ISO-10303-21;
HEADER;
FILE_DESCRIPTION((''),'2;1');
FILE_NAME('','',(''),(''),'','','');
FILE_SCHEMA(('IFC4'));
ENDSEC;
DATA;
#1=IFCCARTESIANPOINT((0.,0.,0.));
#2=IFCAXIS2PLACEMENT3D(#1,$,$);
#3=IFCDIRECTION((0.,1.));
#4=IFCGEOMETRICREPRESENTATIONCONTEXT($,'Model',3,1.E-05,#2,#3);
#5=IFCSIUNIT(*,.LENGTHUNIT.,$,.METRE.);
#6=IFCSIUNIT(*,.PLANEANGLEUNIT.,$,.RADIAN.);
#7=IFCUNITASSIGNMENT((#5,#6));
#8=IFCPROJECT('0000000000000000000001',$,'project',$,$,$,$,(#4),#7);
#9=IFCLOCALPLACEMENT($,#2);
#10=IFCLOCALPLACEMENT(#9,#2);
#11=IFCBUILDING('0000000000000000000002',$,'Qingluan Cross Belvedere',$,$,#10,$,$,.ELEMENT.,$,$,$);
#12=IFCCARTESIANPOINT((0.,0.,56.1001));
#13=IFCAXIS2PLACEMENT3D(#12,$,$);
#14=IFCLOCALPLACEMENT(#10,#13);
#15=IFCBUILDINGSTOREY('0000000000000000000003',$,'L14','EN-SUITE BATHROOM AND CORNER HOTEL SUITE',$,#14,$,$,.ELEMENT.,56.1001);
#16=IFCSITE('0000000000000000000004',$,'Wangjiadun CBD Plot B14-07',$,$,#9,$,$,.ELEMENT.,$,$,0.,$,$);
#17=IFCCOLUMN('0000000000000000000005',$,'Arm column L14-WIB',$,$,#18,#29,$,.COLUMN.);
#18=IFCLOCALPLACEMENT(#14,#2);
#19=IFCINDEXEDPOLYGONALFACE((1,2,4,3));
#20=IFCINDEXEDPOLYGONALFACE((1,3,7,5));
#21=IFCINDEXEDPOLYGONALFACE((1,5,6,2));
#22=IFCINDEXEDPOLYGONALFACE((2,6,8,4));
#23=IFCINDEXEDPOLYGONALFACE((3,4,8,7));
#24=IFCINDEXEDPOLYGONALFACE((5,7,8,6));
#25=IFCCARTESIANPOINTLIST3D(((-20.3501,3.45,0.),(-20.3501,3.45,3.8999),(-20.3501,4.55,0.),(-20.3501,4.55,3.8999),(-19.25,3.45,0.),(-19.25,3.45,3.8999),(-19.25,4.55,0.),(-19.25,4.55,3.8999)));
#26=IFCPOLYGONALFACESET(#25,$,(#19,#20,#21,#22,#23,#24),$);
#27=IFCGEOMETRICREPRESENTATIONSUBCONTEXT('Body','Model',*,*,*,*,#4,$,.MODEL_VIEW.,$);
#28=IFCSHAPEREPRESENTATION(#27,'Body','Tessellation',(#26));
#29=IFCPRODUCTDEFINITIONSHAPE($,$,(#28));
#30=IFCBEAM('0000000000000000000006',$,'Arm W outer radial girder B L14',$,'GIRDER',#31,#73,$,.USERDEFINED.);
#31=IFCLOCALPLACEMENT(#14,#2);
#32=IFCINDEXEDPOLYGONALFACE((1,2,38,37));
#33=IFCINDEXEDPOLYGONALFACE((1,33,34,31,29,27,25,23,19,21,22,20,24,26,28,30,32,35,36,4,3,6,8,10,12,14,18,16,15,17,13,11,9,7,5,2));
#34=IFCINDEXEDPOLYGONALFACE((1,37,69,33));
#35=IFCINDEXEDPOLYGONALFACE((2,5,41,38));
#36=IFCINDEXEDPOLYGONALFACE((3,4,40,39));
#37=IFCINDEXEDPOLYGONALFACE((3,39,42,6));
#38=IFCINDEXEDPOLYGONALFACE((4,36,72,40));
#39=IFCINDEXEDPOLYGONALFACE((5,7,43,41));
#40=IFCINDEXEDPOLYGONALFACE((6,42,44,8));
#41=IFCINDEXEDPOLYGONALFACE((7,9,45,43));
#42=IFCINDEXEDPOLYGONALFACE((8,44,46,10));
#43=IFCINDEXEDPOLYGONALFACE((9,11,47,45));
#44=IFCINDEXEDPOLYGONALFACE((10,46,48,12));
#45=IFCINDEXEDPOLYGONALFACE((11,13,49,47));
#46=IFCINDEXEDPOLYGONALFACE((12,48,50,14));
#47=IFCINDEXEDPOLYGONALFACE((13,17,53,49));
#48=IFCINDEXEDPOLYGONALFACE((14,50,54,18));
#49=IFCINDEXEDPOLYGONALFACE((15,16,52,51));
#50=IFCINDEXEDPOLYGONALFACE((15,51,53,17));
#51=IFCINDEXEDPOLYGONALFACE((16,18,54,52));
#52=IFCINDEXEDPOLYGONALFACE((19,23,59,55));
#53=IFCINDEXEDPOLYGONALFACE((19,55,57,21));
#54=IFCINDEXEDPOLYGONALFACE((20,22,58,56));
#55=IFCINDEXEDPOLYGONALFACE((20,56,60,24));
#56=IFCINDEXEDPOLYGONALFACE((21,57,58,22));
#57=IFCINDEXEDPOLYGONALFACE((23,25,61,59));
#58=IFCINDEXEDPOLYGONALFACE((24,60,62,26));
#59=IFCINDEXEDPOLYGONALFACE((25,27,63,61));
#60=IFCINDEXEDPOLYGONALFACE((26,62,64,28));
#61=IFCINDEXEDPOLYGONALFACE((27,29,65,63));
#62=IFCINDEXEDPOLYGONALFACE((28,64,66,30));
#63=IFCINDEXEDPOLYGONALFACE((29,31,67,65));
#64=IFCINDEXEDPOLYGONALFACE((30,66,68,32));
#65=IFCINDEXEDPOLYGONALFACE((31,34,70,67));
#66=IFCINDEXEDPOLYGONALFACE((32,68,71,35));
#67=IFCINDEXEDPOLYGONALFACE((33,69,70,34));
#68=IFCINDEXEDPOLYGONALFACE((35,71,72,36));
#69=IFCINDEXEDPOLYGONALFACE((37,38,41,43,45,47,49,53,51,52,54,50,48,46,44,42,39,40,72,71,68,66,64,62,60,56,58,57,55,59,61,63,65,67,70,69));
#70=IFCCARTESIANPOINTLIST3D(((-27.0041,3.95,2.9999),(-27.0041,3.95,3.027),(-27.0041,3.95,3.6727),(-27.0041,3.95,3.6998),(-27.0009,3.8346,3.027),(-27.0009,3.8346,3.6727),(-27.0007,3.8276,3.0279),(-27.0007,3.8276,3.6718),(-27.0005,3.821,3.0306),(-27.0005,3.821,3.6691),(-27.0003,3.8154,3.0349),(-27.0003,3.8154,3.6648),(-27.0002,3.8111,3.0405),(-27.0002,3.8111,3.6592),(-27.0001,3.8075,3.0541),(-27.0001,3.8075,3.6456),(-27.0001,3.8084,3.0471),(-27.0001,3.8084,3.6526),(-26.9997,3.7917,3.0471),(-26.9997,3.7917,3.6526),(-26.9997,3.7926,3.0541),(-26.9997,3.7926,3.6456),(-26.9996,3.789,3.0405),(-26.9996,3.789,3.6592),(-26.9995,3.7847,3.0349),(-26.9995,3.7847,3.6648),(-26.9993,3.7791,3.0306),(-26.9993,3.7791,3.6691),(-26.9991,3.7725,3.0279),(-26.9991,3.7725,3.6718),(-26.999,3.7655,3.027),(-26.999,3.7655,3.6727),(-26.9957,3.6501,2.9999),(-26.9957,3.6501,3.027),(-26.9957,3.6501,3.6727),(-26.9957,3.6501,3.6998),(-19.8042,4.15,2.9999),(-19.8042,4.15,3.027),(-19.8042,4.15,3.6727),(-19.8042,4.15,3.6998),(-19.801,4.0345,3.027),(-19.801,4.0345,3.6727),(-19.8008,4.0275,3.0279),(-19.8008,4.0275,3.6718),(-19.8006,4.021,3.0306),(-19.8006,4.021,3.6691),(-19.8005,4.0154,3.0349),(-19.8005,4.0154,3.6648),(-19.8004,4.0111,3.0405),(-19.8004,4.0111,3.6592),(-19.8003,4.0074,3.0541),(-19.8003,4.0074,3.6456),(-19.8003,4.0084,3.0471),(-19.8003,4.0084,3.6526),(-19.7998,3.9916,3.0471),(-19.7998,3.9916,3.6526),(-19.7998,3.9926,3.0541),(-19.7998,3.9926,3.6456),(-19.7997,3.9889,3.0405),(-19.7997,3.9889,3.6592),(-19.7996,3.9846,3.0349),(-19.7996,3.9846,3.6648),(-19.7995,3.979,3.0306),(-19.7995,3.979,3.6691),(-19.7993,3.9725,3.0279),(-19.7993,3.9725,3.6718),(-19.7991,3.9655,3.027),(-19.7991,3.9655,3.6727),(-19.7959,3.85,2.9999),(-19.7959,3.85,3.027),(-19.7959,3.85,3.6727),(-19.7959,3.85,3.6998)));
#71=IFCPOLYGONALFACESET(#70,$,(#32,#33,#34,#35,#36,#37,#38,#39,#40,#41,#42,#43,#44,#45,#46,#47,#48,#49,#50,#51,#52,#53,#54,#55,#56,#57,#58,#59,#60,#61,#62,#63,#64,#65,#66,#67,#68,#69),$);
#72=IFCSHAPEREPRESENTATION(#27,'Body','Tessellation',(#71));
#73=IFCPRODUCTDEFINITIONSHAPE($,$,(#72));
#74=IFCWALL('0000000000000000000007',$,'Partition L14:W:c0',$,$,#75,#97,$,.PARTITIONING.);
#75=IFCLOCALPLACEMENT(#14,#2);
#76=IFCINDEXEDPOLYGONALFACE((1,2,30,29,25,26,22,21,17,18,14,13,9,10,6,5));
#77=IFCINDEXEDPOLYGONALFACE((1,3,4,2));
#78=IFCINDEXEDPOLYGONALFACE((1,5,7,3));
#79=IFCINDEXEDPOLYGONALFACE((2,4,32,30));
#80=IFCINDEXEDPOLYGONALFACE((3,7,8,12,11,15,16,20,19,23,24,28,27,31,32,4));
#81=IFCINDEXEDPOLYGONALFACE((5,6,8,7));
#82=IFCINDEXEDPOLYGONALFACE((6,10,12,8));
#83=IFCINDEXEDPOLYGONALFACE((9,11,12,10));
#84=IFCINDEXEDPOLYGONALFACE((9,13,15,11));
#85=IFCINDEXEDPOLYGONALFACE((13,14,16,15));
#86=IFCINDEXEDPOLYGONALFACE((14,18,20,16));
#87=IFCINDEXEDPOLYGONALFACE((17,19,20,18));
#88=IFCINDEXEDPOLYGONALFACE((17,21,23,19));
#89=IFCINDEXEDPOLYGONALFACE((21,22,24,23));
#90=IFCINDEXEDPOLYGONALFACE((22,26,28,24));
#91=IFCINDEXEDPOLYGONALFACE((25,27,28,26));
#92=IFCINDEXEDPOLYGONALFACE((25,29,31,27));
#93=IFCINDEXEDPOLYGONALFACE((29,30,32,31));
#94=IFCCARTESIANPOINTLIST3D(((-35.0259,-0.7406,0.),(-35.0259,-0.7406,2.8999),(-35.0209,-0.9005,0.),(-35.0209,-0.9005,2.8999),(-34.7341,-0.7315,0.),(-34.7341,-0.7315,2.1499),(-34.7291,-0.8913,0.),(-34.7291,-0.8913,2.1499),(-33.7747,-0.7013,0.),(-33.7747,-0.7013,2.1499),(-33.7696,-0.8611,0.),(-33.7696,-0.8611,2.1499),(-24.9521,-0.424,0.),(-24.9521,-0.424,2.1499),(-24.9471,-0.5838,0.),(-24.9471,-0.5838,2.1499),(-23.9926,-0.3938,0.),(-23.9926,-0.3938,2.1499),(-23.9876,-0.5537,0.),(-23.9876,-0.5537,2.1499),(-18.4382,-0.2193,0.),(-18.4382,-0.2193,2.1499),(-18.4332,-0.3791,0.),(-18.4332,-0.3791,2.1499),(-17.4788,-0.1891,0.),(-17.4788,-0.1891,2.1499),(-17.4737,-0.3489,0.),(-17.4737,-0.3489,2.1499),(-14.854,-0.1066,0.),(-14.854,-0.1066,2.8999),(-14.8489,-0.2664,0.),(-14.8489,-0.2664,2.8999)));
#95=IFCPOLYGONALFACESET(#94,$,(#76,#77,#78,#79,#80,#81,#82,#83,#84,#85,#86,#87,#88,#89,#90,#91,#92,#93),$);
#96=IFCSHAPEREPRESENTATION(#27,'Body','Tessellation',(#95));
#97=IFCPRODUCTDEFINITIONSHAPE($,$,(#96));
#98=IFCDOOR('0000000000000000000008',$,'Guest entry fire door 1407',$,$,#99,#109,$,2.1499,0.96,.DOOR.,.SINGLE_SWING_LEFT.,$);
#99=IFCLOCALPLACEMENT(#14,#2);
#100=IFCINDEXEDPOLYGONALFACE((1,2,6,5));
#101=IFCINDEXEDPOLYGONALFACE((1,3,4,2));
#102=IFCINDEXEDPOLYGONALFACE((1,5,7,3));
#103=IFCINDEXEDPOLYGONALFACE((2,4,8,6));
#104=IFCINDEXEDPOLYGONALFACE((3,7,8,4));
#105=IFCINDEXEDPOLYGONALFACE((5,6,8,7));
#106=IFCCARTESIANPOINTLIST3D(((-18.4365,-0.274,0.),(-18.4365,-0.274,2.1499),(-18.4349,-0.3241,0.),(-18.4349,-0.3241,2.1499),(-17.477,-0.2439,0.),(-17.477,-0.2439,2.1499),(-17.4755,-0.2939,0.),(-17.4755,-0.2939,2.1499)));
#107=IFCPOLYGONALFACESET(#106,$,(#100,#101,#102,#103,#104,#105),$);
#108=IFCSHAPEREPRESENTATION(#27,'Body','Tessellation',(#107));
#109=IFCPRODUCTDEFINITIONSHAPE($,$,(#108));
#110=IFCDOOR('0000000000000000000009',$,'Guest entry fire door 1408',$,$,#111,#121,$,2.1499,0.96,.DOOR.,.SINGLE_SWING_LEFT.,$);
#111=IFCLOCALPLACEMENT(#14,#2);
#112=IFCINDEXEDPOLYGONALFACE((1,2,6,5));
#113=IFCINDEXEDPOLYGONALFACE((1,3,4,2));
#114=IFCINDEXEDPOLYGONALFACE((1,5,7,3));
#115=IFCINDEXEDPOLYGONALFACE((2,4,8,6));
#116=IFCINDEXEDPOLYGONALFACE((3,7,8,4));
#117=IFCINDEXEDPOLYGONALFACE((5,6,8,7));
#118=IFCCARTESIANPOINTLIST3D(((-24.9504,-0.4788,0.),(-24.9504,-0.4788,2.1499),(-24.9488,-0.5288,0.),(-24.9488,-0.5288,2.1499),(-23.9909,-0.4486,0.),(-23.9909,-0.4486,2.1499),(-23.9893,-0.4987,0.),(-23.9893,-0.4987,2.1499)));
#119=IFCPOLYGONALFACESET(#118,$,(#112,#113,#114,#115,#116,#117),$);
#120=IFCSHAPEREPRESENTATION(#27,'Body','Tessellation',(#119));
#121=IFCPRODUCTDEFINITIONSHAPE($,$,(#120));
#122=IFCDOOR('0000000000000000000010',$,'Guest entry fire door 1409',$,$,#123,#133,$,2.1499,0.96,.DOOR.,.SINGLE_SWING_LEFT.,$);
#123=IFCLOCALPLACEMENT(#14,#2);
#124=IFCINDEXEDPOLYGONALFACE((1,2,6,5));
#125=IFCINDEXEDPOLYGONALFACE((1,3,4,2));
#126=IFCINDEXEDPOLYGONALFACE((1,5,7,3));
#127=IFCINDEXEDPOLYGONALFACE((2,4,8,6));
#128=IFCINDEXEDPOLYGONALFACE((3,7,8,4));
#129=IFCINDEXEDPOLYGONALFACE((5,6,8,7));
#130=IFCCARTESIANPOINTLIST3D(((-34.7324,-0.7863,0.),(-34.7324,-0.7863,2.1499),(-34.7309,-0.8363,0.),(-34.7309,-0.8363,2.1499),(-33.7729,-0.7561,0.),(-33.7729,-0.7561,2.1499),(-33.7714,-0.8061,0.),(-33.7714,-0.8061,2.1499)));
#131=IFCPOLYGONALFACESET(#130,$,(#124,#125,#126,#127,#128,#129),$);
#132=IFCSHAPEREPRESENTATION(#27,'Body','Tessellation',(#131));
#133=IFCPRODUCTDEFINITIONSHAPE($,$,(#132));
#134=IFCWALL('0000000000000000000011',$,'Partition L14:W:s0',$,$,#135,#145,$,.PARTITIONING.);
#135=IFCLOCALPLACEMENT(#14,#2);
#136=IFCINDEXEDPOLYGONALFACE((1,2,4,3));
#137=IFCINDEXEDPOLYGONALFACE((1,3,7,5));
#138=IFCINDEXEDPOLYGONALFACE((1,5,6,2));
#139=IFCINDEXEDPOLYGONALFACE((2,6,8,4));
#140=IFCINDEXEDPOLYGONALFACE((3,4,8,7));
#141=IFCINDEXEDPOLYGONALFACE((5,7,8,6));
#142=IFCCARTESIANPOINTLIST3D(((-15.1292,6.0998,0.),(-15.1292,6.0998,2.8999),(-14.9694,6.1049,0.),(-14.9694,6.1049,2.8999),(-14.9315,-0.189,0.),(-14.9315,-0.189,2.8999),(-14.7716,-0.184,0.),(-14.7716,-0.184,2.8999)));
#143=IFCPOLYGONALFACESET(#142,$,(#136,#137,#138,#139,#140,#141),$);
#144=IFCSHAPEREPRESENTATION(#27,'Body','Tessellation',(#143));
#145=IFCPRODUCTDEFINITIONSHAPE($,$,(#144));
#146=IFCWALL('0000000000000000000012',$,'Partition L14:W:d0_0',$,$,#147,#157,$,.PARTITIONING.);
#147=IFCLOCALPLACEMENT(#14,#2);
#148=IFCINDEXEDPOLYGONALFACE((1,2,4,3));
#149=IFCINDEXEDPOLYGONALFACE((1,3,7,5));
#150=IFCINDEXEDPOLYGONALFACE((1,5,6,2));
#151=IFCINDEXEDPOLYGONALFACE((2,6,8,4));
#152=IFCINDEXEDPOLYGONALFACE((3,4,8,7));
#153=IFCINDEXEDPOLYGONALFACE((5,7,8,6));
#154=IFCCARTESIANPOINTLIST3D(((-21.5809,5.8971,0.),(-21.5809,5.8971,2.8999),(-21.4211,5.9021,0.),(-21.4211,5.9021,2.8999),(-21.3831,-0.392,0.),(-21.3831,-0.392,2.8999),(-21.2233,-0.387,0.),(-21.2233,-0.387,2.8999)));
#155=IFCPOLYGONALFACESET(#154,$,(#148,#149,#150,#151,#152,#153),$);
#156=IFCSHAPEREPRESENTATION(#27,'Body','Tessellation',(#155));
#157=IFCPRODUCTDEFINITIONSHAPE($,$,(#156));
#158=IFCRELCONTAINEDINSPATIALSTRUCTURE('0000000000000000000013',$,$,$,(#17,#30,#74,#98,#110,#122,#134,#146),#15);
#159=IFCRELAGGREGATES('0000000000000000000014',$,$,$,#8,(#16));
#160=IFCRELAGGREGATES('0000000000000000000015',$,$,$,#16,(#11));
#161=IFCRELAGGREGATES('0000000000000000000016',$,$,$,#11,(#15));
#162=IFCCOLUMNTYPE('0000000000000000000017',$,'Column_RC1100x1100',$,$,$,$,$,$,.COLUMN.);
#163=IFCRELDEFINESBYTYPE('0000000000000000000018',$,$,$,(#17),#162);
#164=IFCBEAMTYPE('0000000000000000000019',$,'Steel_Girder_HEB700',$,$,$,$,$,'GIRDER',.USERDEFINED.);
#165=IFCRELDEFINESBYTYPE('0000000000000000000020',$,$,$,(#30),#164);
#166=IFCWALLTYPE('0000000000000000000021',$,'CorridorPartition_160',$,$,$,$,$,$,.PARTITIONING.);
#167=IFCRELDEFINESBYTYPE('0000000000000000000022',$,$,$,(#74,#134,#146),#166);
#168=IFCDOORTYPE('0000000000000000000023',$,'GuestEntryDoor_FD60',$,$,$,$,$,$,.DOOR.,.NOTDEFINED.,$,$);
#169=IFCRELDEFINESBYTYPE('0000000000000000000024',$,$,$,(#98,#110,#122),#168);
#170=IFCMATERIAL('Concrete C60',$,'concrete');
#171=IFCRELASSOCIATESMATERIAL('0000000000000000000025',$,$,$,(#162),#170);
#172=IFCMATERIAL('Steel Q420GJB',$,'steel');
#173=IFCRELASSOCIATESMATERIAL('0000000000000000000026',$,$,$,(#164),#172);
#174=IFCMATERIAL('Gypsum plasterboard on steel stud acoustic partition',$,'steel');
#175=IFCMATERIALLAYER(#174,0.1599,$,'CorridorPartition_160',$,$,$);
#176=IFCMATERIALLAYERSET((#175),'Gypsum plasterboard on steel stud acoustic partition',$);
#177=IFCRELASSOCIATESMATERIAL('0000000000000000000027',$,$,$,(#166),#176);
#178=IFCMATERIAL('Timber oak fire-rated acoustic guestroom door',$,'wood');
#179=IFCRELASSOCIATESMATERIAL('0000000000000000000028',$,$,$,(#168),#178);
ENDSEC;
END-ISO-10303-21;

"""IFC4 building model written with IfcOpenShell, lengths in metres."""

from ifc_helpers import new_model, si_unit, direction, frame, frame_2d, origin, origin_2d, place, context, subcontext, project, spatial, rectangle, i_section, extrude, material, layer, layer_set, material_profile, profile_set, type_object, element, fill, save


model = new_model("IFC4")

# Units and contexts
model_context = context("Model", 3, precision=1e-05, world=origin(), true_north=direction((0.0, 1.0)))
body_context = subcontext(model_context, "Body", "Model", "MODEL_VIEW")
ifc_project = project(units=[si_unit("LENGTHUNIT", "METRE"), si_unit("PLANEANGLEUNIT", "RADIAN")], contexts=[model_context])

# Site, building, storey
site_placement = place(None, origin())
site = spatial("IfcSite", under=ifc_project, at=site_placement, Name="Wangjiadun CBD Plot B14-07", CompositionType="ELEMENT", RefElevation=0.0)
building_placement = place(site_placement, origin())
building = spatial("IfcBuilding", under=site, at=building_placement, Name="Qingluan Cross Belvedere", CompositionType="ELEMENT")
storey_placement = place(building_placement, frame((0.0, 0.0, 56.1001)))
storey = spatial("IfcBuildingStorey", under=building, at=storey_placement, Name="L14", Description="EN-SUITE BATHROOM AND CORNER HOTEL SUITE", CompositionType="ELEMENT", Elevation=56.1001)

# Column
ifc_material_1 = material(Name="Concrete C60", Category="concrete")
ifc_material_profile_1 = material_profile(ifc_material_1, rectangle(XDim=1.1001, YDim=1.1001, at=origin_2d()), Name="RC1100x1100")
ifc_profile_set_1 = profile_set([ifc_material_profile_1], Name="Concrete C60")
column_type = type_object("IfcColumnType", Name="Column_RC1100x1100", PredefinedType="COLUMN", material=ifc_profile_set_1)
column_placement = place(storey_placement, frame((-19.8, 4.0, 0.0), z_axis=(0.0, 0.0, 1.0), x_axis=(1.0, 0.0, 0.0)))
element("IfcColumn", 1, at=column_placement, inside=storey, type_object=column_type, Name="Arm column L14-WIB", PredefinedType="COLUMN", context=body_context, shape_type="SweptSolid", body=[
    extrude(rectangle(XDim=1.1001, YDim=1.1001, at=origin_2d()), origin(), (0.0, 0.0, 1.0), 3.8999),
])

# Beam
ifc_material_2 = material(Name="Steel Q420GJB", Category="steel")
ifc_material_profile_2 = material_profile(ifc_material_2, i_section(OverallWidth=0.3, OverallDepth=0.7, WebThickness=0.0149, FlangeThickness=0.0271, FilletRadius=0.0271, at=origin_2d()), Name="HEB700")
ifc_profile_set_2 = profile_set([ifc_material_profile_2], Name="Steel Q420GJB")
beam_type = type_object("IfcBeamType", Name="Steel_Girder_HEB700", ElementType="GIRDER", PredefinedType="USERDEFINED", material=ifc_profile_set_2)
beam_placement = place(storey_placement, frame((-19.8, 4.0, 3.3499), z_axis=(-0.999615, -0.02776, 0.0), x_axis=(0.02776, -0.999615, 0.0)))
element("IfcBeam", 2, at=beam_placement, inside=storey, type_object=beam_type, Name="Arm W outer radial girder B L14", ObjectType="GIRDER", PredefinedType="USERDEFINED", context=body_context, shape_type="SweptSolid", body=[
    extrude(i_section(OverallWidth=0.3, OverallDepth=0.7, WebThickness=0.0149, FlangeThickness=0.0271, FilletRadius=0.0271, at=origin_2d()), origin(), (0.0, 0.0, 1.0), 7.2026),
])

# Wall, openings, doors
ifc_material_3 = material(Name="Gypsum plasterboard on steel stud acoustic partition", Category="steel")
ifc_layer_1 = layer(ifc_material_3, 0.1599, Name="CorridorPartition_160")
ifc_layer_set_1 = layer_set([ifc_layer_1], Name="Gypsum plasterboard on steel stud acoustic partition")
wall_type_1 = type_object("IfcWallType", Name="CorridorPartition_160", PredefinedType="PARTITIONING", material=ifc_layer_set_1)
wall_1_placement = place(storey_placement, frame((-14.8516, -0.1865, 0.0), z_axis=(0.0, 0.0, 1.0), x_axis=(-0.999506, -0.031416, 0.0)))
wall_1 = element("IfcWall", 3, at=wall_1_placement, inside=storey, type_object=wall_type_1, Name="Partition L14:W:c0", PredefinedType="PARTITIONING", context=body_context, shape_type="SweptSolid", body=[
    extrude(rectangle(XDim=20.1819, YDim=0.1599, at=frame_2d((10.0908, 0.0))), origin(), (0.0, 0.0, 1.0), 2.8999),
])
opening_1_placement = place(wall_1_placement, frame((2.626, 0.0, 0.0)))
opening_1 = element("IfcOpeningElement", 4, at=opening_1_placement, cuts=wall_1, PredefinedType="OPENING", context=body_context, shape_type="SweptSolid", body=[
    extrude(rectangle(XDim=0.96, YDim=2.1499, at=frame_2d((0.48, 1.075))), frame((0.0, 0.0898, 0.0), z_axis=(0.0, -1.0, 0.0), x_axis=(1.0, 0.0, 0.0)), (0.0, 0.0, 1.0), 0.1799),
])
opening_2_placement = place(wall_1_placement, frame((9.1431, 0.0, 0.0)))
opening_2 = element("IfcOpeningElement", 5, at=opening_2_placement, cuts=wall_1, PredefinedType="OPENING", context=body_context, shape_type="SweptSolid", body=[
    extrude(rectangle(XDim=0.96, YDim=2.1499, at=frame_2d((0.48, 1.075))), frame((0.0, 0.0898, 0.0), z_axis=(0.0, -1.0, 0.0), x_axis=(1.0, 0.0, 0.0)), (0.0, 0.0, 1.0), 0.1799),
])
opening_3_placement = place(wall_1_placement, frame((18.9299, 0.0, 0.0)))
opening_3 = element("IfcOpeningElement", 6, at=opening_3_placement, cuts=wall_1, PredefinedType="OPENING", context=body_context, shape_type="SweptSolid", body=[
    extrude(rectangle(XDim=0.96, YDim=2.1499, at=frame_2d((0.48, 1.075))), frame((0.0, 0.0898, 0.0), z_axis=(0.0, -1.0, 0.0), x_axis=(1.0, 0.0, 0.0)), (0.0, 0.0, 1.0), 0.1799),
])
ifc_material_4 = material(Name="Timber oak fire-rated acoustic guestroom door", Category="wood")
door_type_1 = type_object("IfcDoorType", Name="GuestEntryDoor_FD60", OperationType="NOTDEFINED", PredefinedType="DOOR", material=ifc_material_4)
door_1_placement = place(opening_1_placement, origin())
door_1 = element("IfcDoor", 7, at=door_1_placement, inside=storey, type_object=door_type_1, Name="Guest entry fire door 1407", OperationType="SINGLE_SWING_LEFT", OverallHeight=2.1499, OverallWidth=0.96, PredefinedType="DOOR", context=body_context, shape_type="SweptSolid", body=[
    extrude(rectangle(XDim=0.96, YDim=2.1499, at=frame_2d((0.48, 1.075))), frame((0.0, 0.0249, 0.0), z_axis=(0.0, -1.0, 0.0), x_axis=(1.0, 0.0, 0.0)), (0.0, 0.0, 1.0), 0.05),
])
fill(opening_1, door_1)
door_2_placement = place(opening_2_placement, origin())
door_2 = element("IfcDoor", 8, at=door_2_placement, inside=storey, type_object=door_type_1, Name="Guest entry fire door 1408", OperationType="SINGLE_SWING_LEFT", OverallHeight=2.1499, OverallWidth=0.96, PredefinedType="DOOR", context=body_context, shape_type="SweptSolid", body=[
    extrude(rectangle(XDim=0.96, YDim=2.1499, at=frame_2d((0.48, 1.075))), frame((0.0, 0.0249, 0.0), z_axis=(0.0, -1.0, 0.0), x_axis=(1.0, 0.0, 0.0)), (0.0, 0.0, 1.0), 0.05),
])
fill(opening_2, door_2)
door_3_placement = place(opening_3_placement, origin())
door_3 = element("IfcDoor", 9, at=door_3_placement, inside=storey, type_object=door_type_1, Name="Guest entry fire door 1409", OperationType="SINGLE_SWING_LEFT", OverallHeight=2.1499, OverallWidth=0.96, PredefinedType="DOOR", context=body_context, shape_type="SweptSolid", body=[
    extrude(rectangle(XDim=0.96, YDim=2.1499, at=frame_2d((0.48, 1.075))), frame((0.0, 0.0249, 0.0), z_axis=(0.0, -1.0, 0.0), x_axis=(1.0, 0.0, 0.0)), (0.0, 0.0, 1.0), 0.05),
])
fill(opening_3, door_3)

# Walls
wall_2_placement = place(storey_placement, frame((-14.8516, -0.1865, 0.0), z_axis=(0.0, 0.0, 1.0), x_axis=(-0.03143, 0.999506, 0.0)))
element("IfcWall", 10, at=wall_2_placement, inside=storey, type_object=wall_type_1, Name="Partition L14:W:s0", PredefinedType="PARTITIONING", context=body_context, shape_type="SweptSolid", body=[
    extrude(rectangle(XDim=6.292, YDim=0.1599, at=frame_2d((3.146, 0.0))), origin(), (0.0, 0.0, 1.0), 2.8999),
])
wall_3_placement = place(storey_placement, frame((-21.3032, -0.3894, 0.0), z_axis=(0.0, 0.0, 1.0), x_axis=(-0.031429, 0.999506, 0.0)))
element("IfcWall", 11, at=wall_3_placement, inside=storey, type_object=wall_type_1, Name="Partition L14:W:d0_0", PredefinedType="PARTITIONING", context=body_context, shape_type="SweptSolid", body=[
    extrude(rectangle(XDim=6.2922, YDim=0.1599, at=frame_2d((3.146, 0.0))), origin(), (0.0, 0.0, 1.0), 2.8999),
])

save(model, "model.ifc")
